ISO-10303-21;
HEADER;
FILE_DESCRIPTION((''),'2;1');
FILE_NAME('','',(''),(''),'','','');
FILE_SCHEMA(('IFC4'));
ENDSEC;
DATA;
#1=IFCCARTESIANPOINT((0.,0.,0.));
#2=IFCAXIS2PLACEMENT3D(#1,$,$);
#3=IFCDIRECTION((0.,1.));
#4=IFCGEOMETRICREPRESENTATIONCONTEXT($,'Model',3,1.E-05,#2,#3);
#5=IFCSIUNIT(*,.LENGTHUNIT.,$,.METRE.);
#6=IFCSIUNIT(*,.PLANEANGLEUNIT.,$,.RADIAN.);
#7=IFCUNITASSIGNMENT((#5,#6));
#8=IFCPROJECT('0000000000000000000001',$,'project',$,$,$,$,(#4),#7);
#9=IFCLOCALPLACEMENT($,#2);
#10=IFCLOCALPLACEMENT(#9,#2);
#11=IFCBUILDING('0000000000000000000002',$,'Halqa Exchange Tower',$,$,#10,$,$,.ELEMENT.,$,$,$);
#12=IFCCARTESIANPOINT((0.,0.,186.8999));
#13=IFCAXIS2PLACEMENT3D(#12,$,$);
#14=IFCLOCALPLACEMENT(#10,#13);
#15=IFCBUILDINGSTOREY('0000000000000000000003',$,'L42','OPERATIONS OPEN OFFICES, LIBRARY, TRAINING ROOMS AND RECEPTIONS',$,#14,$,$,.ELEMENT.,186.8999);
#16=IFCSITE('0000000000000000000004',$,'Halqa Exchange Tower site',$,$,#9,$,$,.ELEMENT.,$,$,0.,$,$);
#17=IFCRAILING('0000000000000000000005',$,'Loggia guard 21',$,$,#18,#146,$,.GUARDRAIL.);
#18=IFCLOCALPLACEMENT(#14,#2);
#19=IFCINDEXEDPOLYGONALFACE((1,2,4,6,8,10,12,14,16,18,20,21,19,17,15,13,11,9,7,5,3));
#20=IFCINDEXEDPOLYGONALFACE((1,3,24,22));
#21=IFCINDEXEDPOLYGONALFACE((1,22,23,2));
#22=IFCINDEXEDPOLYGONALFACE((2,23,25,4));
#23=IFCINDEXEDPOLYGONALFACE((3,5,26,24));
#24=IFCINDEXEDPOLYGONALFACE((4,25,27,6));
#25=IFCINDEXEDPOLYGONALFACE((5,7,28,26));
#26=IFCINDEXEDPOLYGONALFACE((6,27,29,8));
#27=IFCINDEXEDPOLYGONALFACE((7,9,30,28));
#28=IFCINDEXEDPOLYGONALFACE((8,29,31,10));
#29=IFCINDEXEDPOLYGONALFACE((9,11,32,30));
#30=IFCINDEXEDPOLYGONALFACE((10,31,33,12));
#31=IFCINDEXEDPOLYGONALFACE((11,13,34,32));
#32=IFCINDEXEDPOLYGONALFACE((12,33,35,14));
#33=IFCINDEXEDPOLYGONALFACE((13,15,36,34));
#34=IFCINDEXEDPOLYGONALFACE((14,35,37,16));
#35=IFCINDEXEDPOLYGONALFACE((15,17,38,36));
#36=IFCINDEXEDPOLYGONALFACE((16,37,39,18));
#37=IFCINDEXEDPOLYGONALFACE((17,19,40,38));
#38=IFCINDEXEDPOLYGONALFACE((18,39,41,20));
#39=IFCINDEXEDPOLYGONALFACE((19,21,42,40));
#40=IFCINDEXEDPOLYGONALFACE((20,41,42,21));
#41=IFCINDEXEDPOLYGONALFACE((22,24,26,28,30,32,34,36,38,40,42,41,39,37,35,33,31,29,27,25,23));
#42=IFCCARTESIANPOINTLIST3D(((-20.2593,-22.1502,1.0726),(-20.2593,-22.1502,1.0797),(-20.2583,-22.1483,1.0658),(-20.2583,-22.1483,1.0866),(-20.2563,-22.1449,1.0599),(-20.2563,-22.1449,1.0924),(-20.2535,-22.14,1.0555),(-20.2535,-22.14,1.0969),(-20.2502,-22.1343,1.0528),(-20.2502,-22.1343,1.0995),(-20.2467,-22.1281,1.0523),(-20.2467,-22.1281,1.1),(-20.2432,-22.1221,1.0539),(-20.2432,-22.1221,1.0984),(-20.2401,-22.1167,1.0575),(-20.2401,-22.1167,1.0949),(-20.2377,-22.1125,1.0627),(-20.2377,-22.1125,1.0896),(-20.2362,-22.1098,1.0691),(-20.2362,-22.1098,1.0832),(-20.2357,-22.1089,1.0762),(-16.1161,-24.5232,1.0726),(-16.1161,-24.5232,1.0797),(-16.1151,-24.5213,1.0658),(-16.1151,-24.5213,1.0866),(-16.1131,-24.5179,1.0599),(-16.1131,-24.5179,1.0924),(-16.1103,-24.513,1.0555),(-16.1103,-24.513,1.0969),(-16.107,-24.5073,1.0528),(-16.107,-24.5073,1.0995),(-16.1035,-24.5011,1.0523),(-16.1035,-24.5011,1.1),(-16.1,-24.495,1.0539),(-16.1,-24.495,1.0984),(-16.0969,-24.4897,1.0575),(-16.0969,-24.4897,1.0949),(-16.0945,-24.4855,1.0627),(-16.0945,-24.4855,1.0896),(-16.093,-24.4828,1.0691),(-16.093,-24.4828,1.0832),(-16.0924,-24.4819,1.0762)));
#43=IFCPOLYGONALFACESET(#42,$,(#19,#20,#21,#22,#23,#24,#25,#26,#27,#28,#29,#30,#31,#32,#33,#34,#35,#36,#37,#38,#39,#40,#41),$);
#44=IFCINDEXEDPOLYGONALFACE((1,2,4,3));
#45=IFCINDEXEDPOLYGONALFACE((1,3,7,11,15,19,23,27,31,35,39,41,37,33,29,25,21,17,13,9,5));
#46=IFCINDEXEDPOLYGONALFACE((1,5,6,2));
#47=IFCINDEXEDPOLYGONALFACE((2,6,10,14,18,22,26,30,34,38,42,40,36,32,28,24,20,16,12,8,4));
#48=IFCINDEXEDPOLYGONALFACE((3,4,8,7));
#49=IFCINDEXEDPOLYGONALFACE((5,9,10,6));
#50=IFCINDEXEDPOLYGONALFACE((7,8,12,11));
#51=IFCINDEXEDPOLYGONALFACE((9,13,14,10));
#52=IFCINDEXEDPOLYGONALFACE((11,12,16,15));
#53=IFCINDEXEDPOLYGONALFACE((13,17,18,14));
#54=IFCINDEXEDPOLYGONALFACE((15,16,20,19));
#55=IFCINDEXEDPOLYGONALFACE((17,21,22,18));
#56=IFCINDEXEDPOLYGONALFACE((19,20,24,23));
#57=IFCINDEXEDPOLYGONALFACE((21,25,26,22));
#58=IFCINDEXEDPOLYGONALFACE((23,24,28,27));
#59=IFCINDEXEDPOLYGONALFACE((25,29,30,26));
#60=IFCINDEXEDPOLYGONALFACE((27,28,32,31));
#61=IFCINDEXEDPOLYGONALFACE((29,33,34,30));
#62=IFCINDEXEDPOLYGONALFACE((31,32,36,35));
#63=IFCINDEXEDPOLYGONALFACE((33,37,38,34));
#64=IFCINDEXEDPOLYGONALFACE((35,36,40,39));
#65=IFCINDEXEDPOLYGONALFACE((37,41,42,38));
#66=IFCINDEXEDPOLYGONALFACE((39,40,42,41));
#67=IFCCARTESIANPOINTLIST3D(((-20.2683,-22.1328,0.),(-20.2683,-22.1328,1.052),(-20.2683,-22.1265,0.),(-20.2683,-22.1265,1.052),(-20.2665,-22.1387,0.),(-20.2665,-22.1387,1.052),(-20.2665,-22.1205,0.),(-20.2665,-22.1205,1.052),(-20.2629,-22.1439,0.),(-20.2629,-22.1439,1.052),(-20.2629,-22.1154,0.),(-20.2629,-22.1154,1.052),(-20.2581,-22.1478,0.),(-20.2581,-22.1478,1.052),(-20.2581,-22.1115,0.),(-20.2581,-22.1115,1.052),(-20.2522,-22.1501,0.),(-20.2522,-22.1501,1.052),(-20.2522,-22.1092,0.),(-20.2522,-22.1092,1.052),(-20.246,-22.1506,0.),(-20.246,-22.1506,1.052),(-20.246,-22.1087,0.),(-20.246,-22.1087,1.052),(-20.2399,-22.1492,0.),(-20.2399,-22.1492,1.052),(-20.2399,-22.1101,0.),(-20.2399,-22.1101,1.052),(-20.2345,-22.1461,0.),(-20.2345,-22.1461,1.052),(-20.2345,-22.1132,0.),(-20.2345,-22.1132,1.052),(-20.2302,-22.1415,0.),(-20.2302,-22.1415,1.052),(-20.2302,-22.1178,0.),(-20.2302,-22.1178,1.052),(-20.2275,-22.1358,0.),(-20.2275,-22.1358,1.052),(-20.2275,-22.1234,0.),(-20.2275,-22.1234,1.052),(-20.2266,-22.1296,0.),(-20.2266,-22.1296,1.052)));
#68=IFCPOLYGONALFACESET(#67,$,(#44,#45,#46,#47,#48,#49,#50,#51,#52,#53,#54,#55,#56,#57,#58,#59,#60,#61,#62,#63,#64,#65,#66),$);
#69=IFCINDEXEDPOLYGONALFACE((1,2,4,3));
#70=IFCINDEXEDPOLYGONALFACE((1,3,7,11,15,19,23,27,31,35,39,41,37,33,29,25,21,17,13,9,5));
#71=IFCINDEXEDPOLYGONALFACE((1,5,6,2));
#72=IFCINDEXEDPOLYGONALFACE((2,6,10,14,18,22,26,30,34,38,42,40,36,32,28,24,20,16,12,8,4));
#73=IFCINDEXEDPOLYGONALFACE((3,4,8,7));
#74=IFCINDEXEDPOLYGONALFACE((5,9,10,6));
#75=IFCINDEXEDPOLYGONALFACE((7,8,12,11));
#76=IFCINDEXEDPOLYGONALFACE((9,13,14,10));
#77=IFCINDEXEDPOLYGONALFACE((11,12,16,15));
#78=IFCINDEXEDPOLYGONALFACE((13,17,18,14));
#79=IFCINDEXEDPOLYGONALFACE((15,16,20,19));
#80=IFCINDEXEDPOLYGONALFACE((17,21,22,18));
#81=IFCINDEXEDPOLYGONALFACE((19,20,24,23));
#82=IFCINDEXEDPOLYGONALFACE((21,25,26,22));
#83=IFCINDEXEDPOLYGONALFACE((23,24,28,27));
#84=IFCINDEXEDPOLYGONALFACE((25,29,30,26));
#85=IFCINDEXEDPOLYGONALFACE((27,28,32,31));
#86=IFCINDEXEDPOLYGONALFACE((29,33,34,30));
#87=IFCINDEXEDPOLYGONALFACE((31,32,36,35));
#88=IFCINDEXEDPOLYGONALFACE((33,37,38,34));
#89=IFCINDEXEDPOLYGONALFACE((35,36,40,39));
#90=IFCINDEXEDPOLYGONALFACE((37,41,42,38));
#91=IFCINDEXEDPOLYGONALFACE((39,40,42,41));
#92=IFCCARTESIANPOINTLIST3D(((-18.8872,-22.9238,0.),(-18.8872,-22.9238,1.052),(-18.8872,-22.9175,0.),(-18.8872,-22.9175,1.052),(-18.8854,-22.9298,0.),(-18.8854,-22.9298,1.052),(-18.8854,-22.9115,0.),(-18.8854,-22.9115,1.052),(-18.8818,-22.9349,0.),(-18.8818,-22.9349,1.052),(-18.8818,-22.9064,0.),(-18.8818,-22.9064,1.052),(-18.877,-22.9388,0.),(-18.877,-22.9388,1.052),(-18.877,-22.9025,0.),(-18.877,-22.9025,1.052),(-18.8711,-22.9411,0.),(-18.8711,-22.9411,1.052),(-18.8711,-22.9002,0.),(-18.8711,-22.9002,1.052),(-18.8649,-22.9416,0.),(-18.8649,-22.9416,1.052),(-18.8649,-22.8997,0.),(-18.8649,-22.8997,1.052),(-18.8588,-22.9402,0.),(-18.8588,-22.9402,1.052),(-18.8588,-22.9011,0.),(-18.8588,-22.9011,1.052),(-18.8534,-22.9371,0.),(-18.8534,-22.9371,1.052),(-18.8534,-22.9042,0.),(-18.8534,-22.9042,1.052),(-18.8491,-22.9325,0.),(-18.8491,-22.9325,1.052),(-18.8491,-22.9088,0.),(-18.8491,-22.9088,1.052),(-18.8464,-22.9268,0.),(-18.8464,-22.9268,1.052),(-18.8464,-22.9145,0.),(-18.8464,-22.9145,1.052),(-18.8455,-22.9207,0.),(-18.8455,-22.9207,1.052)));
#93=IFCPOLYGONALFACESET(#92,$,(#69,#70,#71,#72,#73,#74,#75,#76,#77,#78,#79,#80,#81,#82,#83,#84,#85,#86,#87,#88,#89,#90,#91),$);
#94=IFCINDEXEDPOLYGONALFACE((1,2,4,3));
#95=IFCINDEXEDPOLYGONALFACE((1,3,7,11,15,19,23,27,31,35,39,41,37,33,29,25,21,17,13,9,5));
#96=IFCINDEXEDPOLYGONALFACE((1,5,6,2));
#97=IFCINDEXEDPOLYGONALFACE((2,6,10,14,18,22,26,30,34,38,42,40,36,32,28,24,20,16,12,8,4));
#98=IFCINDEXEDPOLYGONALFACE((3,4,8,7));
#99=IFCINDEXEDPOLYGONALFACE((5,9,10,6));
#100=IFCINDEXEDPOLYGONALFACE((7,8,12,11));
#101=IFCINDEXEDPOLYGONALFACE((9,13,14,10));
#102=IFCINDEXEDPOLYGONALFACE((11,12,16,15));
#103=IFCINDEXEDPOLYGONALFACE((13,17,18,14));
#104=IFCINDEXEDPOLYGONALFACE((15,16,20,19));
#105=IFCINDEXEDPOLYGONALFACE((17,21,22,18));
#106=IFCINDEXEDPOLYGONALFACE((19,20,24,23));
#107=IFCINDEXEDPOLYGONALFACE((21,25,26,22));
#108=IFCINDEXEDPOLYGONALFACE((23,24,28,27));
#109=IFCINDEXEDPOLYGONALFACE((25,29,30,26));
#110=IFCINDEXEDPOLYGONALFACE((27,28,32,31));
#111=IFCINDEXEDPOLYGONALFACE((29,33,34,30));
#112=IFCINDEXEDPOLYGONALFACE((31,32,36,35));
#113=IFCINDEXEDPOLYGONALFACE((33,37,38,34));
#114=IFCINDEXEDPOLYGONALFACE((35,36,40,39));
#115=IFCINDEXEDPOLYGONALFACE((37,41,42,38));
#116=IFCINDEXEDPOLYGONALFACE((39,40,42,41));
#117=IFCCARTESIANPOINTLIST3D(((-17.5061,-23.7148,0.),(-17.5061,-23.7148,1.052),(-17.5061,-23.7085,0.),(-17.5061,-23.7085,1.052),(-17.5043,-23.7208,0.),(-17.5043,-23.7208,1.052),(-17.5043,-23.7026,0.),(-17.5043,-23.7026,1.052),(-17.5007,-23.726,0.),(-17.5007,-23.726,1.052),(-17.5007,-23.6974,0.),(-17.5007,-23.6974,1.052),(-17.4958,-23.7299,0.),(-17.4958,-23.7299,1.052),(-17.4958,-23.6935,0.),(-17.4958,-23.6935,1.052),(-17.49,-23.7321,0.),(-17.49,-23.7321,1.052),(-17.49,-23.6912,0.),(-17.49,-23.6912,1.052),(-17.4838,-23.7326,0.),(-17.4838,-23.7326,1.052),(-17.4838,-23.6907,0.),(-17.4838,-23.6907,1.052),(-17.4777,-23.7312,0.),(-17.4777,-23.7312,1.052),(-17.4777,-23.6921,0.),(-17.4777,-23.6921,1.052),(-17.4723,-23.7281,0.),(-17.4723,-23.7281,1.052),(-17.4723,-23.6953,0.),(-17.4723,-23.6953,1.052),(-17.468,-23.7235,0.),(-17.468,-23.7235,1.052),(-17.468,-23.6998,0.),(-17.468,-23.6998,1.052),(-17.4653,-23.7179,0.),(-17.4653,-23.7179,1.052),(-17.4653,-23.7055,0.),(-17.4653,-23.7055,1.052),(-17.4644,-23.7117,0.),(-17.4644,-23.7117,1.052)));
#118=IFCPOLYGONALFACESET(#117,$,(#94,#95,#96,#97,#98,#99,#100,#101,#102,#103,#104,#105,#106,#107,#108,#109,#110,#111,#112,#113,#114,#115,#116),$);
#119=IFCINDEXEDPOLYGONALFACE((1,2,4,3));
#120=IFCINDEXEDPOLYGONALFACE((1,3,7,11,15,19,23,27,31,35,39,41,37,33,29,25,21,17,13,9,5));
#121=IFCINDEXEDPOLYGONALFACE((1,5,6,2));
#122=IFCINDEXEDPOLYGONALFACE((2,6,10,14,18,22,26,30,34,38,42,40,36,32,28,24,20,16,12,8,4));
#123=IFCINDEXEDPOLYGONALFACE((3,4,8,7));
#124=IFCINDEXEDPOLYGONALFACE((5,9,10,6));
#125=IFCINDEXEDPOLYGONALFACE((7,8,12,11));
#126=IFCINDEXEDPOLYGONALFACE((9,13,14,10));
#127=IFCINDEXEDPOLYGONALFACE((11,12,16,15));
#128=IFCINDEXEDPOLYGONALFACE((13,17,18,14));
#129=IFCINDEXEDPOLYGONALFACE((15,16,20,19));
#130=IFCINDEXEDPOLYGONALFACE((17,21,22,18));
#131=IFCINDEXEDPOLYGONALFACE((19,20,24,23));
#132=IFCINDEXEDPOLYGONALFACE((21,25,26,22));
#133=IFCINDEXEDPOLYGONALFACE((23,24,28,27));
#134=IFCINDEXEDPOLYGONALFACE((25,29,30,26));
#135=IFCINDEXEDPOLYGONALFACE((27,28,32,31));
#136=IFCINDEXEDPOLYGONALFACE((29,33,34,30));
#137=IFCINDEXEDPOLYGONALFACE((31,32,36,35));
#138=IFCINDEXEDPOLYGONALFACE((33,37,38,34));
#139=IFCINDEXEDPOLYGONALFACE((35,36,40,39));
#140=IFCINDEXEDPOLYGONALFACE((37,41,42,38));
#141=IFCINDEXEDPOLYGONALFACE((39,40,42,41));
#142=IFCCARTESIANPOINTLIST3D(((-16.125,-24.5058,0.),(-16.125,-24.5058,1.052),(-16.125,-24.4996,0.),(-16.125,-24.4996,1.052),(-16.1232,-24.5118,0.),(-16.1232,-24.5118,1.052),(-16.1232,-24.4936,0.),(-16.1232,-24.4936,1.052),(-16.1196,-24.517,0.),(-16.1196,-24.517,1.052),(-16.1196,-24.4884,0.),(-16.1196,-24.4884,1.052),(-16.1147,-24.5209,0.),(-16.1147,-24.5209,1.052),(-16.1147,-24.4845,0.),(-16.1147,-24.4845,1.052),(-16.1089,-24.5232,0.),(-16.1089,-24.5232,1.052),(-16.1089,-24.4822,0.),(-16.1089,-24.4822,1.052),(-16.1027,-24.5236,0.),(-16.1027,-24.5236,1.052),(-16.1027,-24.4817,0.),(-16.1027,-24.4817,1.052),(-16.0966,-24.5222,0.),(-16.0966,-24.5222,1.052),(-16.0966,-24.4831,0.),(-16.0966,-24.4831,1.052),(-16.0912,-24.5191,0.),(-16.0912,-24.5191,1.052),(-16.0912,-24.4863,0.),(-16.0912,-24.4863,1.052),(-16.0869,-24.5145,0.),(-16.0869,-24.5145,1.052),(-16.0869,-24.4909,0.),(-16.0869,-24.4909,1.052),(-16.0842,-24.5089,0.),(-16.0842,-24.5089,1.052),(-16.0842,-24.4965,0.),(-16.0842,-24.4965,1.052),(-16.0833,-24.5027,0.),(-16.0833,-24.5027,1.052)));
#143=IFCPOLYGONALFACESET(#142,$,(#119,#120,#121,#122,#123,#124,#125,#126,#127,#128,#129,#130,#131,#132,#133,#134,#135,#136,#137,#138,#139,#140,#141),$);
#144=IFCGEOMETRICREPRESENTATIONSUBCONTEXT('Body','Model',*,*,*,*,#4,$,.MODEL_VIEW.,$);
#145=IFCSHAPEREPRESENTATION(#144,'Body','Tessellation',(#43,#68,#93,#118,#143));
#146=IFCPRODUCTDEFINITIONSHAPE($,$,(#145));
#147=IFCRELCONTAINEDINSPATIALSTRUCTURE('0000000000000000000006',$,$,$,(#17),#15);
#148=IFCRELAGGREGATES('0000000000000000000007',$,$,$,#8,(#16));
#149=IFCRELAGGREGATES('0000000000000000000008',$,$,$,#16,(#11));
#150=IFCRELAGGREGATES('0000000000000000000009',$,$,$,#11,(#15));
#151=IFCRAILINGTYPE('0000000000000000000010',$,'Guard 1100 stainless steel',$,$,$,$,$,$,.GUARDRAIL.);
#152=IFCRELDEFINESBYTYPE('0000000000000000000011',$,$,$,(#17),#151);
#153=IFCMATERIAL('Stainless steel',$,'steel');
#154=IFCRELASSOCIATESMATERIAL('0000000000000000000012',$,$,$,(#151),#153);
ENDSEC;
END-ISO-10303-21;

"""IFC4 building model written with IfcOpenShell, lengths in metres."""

from ifc_helpers import new_model, si_unit, direction, frame, origin, origin_2d, place, context, subcontext, project, spatial, circle, extrude, material, type_object, element, save


model = new_model("IFC4")

# Units and contexts
model_context = context("Model", 3, precision=1e-05, world=origin(), true_north=direction((0.0, 1.0)))
body_context = subcontext(model_context, "Body", "Model", "MODEL_VIEW")
ifc_project = project(units=[si_unit("LENGTHUNIT", "METRE"), si_unit("PLANEANGLEUNIT", "RADIAN")], contexts=[model_context])

# Site, building, storey
site_placement = place(None, origin())
site = spatial("IfcSite", under=ifc_project, at=site_placement, Name="Halqa Exchange Tower site", CompositionType="ELEMENT", RefElevation=0.0)
building_placement = place(site_placement, origin())
building = spatial("IfcBuilding", under=site, at=building_placement, Name="Halqa Exchange Tower", CompositionType="ELEMENT")
storey_placement = place(building_placement, frame((0.0, 0.0, 186.8999)))
storey = spatial("IfcBuildingStorey", under=building, at=storey_placement, Name="L42", Description="OPERATIONS OPEN OFFICES, LIBRARY, TRAINING ROOMS AND RECEPTIONS", CompositionType="ELEMENT", Elevation=186.8999)

# Railing
ifc_material_1 = material(Name="Stainless steel", Category="steel")
railing_type = type_object("IfcRailingType", Name="Guard 1100 stainless steel", PredefinedType="GUARDRAIL", material=ifc_material_1)
railing_1_placement = place(storey_placement, frame((-20.2476, -22.1296, 0.0)))
element("IfcRailing", 1, at=railing_1_placement, inside=storey, type_object=railing_type, Name="Loggia guard 21", PredefinedType="GUARDRAIL", context=body_context, shape_type="SweptSolid", body=[
    extrude(circle(Radius=0.0239, at=origin_2d()), frame((0.0, 0.0, 1.0762), z_axis=(0.867752, -0.496998, 0.0), x_axis=(0.496998, 0.867752, 0.0)), (0.0, 0.0, 1.0), 4.7747),
    extrude(circle(Radius=0.021, at=origin_2d()), origin(), (0.0, 0.0, 1.0), 1.052),
    extrude(circle(Radius=0.021, at=origin_2d()), frame((1.3811, -0.791, 0.0)), (0.0, 0.0, 1.0), 1.052),
    extrude(circle(Radius=0.021, at=origin_2d()), frame((2.7622, -1.582, 0.0)), (0.0, 0.0, 1.0), 1.052),
    extrude(circle(Radius=0.021, at=origin_2d()), frame((4.1433, -2.373, 0.0)), (0.0, 0.0, 1.0), 1.052),
])

save(model, "model.ifc")
